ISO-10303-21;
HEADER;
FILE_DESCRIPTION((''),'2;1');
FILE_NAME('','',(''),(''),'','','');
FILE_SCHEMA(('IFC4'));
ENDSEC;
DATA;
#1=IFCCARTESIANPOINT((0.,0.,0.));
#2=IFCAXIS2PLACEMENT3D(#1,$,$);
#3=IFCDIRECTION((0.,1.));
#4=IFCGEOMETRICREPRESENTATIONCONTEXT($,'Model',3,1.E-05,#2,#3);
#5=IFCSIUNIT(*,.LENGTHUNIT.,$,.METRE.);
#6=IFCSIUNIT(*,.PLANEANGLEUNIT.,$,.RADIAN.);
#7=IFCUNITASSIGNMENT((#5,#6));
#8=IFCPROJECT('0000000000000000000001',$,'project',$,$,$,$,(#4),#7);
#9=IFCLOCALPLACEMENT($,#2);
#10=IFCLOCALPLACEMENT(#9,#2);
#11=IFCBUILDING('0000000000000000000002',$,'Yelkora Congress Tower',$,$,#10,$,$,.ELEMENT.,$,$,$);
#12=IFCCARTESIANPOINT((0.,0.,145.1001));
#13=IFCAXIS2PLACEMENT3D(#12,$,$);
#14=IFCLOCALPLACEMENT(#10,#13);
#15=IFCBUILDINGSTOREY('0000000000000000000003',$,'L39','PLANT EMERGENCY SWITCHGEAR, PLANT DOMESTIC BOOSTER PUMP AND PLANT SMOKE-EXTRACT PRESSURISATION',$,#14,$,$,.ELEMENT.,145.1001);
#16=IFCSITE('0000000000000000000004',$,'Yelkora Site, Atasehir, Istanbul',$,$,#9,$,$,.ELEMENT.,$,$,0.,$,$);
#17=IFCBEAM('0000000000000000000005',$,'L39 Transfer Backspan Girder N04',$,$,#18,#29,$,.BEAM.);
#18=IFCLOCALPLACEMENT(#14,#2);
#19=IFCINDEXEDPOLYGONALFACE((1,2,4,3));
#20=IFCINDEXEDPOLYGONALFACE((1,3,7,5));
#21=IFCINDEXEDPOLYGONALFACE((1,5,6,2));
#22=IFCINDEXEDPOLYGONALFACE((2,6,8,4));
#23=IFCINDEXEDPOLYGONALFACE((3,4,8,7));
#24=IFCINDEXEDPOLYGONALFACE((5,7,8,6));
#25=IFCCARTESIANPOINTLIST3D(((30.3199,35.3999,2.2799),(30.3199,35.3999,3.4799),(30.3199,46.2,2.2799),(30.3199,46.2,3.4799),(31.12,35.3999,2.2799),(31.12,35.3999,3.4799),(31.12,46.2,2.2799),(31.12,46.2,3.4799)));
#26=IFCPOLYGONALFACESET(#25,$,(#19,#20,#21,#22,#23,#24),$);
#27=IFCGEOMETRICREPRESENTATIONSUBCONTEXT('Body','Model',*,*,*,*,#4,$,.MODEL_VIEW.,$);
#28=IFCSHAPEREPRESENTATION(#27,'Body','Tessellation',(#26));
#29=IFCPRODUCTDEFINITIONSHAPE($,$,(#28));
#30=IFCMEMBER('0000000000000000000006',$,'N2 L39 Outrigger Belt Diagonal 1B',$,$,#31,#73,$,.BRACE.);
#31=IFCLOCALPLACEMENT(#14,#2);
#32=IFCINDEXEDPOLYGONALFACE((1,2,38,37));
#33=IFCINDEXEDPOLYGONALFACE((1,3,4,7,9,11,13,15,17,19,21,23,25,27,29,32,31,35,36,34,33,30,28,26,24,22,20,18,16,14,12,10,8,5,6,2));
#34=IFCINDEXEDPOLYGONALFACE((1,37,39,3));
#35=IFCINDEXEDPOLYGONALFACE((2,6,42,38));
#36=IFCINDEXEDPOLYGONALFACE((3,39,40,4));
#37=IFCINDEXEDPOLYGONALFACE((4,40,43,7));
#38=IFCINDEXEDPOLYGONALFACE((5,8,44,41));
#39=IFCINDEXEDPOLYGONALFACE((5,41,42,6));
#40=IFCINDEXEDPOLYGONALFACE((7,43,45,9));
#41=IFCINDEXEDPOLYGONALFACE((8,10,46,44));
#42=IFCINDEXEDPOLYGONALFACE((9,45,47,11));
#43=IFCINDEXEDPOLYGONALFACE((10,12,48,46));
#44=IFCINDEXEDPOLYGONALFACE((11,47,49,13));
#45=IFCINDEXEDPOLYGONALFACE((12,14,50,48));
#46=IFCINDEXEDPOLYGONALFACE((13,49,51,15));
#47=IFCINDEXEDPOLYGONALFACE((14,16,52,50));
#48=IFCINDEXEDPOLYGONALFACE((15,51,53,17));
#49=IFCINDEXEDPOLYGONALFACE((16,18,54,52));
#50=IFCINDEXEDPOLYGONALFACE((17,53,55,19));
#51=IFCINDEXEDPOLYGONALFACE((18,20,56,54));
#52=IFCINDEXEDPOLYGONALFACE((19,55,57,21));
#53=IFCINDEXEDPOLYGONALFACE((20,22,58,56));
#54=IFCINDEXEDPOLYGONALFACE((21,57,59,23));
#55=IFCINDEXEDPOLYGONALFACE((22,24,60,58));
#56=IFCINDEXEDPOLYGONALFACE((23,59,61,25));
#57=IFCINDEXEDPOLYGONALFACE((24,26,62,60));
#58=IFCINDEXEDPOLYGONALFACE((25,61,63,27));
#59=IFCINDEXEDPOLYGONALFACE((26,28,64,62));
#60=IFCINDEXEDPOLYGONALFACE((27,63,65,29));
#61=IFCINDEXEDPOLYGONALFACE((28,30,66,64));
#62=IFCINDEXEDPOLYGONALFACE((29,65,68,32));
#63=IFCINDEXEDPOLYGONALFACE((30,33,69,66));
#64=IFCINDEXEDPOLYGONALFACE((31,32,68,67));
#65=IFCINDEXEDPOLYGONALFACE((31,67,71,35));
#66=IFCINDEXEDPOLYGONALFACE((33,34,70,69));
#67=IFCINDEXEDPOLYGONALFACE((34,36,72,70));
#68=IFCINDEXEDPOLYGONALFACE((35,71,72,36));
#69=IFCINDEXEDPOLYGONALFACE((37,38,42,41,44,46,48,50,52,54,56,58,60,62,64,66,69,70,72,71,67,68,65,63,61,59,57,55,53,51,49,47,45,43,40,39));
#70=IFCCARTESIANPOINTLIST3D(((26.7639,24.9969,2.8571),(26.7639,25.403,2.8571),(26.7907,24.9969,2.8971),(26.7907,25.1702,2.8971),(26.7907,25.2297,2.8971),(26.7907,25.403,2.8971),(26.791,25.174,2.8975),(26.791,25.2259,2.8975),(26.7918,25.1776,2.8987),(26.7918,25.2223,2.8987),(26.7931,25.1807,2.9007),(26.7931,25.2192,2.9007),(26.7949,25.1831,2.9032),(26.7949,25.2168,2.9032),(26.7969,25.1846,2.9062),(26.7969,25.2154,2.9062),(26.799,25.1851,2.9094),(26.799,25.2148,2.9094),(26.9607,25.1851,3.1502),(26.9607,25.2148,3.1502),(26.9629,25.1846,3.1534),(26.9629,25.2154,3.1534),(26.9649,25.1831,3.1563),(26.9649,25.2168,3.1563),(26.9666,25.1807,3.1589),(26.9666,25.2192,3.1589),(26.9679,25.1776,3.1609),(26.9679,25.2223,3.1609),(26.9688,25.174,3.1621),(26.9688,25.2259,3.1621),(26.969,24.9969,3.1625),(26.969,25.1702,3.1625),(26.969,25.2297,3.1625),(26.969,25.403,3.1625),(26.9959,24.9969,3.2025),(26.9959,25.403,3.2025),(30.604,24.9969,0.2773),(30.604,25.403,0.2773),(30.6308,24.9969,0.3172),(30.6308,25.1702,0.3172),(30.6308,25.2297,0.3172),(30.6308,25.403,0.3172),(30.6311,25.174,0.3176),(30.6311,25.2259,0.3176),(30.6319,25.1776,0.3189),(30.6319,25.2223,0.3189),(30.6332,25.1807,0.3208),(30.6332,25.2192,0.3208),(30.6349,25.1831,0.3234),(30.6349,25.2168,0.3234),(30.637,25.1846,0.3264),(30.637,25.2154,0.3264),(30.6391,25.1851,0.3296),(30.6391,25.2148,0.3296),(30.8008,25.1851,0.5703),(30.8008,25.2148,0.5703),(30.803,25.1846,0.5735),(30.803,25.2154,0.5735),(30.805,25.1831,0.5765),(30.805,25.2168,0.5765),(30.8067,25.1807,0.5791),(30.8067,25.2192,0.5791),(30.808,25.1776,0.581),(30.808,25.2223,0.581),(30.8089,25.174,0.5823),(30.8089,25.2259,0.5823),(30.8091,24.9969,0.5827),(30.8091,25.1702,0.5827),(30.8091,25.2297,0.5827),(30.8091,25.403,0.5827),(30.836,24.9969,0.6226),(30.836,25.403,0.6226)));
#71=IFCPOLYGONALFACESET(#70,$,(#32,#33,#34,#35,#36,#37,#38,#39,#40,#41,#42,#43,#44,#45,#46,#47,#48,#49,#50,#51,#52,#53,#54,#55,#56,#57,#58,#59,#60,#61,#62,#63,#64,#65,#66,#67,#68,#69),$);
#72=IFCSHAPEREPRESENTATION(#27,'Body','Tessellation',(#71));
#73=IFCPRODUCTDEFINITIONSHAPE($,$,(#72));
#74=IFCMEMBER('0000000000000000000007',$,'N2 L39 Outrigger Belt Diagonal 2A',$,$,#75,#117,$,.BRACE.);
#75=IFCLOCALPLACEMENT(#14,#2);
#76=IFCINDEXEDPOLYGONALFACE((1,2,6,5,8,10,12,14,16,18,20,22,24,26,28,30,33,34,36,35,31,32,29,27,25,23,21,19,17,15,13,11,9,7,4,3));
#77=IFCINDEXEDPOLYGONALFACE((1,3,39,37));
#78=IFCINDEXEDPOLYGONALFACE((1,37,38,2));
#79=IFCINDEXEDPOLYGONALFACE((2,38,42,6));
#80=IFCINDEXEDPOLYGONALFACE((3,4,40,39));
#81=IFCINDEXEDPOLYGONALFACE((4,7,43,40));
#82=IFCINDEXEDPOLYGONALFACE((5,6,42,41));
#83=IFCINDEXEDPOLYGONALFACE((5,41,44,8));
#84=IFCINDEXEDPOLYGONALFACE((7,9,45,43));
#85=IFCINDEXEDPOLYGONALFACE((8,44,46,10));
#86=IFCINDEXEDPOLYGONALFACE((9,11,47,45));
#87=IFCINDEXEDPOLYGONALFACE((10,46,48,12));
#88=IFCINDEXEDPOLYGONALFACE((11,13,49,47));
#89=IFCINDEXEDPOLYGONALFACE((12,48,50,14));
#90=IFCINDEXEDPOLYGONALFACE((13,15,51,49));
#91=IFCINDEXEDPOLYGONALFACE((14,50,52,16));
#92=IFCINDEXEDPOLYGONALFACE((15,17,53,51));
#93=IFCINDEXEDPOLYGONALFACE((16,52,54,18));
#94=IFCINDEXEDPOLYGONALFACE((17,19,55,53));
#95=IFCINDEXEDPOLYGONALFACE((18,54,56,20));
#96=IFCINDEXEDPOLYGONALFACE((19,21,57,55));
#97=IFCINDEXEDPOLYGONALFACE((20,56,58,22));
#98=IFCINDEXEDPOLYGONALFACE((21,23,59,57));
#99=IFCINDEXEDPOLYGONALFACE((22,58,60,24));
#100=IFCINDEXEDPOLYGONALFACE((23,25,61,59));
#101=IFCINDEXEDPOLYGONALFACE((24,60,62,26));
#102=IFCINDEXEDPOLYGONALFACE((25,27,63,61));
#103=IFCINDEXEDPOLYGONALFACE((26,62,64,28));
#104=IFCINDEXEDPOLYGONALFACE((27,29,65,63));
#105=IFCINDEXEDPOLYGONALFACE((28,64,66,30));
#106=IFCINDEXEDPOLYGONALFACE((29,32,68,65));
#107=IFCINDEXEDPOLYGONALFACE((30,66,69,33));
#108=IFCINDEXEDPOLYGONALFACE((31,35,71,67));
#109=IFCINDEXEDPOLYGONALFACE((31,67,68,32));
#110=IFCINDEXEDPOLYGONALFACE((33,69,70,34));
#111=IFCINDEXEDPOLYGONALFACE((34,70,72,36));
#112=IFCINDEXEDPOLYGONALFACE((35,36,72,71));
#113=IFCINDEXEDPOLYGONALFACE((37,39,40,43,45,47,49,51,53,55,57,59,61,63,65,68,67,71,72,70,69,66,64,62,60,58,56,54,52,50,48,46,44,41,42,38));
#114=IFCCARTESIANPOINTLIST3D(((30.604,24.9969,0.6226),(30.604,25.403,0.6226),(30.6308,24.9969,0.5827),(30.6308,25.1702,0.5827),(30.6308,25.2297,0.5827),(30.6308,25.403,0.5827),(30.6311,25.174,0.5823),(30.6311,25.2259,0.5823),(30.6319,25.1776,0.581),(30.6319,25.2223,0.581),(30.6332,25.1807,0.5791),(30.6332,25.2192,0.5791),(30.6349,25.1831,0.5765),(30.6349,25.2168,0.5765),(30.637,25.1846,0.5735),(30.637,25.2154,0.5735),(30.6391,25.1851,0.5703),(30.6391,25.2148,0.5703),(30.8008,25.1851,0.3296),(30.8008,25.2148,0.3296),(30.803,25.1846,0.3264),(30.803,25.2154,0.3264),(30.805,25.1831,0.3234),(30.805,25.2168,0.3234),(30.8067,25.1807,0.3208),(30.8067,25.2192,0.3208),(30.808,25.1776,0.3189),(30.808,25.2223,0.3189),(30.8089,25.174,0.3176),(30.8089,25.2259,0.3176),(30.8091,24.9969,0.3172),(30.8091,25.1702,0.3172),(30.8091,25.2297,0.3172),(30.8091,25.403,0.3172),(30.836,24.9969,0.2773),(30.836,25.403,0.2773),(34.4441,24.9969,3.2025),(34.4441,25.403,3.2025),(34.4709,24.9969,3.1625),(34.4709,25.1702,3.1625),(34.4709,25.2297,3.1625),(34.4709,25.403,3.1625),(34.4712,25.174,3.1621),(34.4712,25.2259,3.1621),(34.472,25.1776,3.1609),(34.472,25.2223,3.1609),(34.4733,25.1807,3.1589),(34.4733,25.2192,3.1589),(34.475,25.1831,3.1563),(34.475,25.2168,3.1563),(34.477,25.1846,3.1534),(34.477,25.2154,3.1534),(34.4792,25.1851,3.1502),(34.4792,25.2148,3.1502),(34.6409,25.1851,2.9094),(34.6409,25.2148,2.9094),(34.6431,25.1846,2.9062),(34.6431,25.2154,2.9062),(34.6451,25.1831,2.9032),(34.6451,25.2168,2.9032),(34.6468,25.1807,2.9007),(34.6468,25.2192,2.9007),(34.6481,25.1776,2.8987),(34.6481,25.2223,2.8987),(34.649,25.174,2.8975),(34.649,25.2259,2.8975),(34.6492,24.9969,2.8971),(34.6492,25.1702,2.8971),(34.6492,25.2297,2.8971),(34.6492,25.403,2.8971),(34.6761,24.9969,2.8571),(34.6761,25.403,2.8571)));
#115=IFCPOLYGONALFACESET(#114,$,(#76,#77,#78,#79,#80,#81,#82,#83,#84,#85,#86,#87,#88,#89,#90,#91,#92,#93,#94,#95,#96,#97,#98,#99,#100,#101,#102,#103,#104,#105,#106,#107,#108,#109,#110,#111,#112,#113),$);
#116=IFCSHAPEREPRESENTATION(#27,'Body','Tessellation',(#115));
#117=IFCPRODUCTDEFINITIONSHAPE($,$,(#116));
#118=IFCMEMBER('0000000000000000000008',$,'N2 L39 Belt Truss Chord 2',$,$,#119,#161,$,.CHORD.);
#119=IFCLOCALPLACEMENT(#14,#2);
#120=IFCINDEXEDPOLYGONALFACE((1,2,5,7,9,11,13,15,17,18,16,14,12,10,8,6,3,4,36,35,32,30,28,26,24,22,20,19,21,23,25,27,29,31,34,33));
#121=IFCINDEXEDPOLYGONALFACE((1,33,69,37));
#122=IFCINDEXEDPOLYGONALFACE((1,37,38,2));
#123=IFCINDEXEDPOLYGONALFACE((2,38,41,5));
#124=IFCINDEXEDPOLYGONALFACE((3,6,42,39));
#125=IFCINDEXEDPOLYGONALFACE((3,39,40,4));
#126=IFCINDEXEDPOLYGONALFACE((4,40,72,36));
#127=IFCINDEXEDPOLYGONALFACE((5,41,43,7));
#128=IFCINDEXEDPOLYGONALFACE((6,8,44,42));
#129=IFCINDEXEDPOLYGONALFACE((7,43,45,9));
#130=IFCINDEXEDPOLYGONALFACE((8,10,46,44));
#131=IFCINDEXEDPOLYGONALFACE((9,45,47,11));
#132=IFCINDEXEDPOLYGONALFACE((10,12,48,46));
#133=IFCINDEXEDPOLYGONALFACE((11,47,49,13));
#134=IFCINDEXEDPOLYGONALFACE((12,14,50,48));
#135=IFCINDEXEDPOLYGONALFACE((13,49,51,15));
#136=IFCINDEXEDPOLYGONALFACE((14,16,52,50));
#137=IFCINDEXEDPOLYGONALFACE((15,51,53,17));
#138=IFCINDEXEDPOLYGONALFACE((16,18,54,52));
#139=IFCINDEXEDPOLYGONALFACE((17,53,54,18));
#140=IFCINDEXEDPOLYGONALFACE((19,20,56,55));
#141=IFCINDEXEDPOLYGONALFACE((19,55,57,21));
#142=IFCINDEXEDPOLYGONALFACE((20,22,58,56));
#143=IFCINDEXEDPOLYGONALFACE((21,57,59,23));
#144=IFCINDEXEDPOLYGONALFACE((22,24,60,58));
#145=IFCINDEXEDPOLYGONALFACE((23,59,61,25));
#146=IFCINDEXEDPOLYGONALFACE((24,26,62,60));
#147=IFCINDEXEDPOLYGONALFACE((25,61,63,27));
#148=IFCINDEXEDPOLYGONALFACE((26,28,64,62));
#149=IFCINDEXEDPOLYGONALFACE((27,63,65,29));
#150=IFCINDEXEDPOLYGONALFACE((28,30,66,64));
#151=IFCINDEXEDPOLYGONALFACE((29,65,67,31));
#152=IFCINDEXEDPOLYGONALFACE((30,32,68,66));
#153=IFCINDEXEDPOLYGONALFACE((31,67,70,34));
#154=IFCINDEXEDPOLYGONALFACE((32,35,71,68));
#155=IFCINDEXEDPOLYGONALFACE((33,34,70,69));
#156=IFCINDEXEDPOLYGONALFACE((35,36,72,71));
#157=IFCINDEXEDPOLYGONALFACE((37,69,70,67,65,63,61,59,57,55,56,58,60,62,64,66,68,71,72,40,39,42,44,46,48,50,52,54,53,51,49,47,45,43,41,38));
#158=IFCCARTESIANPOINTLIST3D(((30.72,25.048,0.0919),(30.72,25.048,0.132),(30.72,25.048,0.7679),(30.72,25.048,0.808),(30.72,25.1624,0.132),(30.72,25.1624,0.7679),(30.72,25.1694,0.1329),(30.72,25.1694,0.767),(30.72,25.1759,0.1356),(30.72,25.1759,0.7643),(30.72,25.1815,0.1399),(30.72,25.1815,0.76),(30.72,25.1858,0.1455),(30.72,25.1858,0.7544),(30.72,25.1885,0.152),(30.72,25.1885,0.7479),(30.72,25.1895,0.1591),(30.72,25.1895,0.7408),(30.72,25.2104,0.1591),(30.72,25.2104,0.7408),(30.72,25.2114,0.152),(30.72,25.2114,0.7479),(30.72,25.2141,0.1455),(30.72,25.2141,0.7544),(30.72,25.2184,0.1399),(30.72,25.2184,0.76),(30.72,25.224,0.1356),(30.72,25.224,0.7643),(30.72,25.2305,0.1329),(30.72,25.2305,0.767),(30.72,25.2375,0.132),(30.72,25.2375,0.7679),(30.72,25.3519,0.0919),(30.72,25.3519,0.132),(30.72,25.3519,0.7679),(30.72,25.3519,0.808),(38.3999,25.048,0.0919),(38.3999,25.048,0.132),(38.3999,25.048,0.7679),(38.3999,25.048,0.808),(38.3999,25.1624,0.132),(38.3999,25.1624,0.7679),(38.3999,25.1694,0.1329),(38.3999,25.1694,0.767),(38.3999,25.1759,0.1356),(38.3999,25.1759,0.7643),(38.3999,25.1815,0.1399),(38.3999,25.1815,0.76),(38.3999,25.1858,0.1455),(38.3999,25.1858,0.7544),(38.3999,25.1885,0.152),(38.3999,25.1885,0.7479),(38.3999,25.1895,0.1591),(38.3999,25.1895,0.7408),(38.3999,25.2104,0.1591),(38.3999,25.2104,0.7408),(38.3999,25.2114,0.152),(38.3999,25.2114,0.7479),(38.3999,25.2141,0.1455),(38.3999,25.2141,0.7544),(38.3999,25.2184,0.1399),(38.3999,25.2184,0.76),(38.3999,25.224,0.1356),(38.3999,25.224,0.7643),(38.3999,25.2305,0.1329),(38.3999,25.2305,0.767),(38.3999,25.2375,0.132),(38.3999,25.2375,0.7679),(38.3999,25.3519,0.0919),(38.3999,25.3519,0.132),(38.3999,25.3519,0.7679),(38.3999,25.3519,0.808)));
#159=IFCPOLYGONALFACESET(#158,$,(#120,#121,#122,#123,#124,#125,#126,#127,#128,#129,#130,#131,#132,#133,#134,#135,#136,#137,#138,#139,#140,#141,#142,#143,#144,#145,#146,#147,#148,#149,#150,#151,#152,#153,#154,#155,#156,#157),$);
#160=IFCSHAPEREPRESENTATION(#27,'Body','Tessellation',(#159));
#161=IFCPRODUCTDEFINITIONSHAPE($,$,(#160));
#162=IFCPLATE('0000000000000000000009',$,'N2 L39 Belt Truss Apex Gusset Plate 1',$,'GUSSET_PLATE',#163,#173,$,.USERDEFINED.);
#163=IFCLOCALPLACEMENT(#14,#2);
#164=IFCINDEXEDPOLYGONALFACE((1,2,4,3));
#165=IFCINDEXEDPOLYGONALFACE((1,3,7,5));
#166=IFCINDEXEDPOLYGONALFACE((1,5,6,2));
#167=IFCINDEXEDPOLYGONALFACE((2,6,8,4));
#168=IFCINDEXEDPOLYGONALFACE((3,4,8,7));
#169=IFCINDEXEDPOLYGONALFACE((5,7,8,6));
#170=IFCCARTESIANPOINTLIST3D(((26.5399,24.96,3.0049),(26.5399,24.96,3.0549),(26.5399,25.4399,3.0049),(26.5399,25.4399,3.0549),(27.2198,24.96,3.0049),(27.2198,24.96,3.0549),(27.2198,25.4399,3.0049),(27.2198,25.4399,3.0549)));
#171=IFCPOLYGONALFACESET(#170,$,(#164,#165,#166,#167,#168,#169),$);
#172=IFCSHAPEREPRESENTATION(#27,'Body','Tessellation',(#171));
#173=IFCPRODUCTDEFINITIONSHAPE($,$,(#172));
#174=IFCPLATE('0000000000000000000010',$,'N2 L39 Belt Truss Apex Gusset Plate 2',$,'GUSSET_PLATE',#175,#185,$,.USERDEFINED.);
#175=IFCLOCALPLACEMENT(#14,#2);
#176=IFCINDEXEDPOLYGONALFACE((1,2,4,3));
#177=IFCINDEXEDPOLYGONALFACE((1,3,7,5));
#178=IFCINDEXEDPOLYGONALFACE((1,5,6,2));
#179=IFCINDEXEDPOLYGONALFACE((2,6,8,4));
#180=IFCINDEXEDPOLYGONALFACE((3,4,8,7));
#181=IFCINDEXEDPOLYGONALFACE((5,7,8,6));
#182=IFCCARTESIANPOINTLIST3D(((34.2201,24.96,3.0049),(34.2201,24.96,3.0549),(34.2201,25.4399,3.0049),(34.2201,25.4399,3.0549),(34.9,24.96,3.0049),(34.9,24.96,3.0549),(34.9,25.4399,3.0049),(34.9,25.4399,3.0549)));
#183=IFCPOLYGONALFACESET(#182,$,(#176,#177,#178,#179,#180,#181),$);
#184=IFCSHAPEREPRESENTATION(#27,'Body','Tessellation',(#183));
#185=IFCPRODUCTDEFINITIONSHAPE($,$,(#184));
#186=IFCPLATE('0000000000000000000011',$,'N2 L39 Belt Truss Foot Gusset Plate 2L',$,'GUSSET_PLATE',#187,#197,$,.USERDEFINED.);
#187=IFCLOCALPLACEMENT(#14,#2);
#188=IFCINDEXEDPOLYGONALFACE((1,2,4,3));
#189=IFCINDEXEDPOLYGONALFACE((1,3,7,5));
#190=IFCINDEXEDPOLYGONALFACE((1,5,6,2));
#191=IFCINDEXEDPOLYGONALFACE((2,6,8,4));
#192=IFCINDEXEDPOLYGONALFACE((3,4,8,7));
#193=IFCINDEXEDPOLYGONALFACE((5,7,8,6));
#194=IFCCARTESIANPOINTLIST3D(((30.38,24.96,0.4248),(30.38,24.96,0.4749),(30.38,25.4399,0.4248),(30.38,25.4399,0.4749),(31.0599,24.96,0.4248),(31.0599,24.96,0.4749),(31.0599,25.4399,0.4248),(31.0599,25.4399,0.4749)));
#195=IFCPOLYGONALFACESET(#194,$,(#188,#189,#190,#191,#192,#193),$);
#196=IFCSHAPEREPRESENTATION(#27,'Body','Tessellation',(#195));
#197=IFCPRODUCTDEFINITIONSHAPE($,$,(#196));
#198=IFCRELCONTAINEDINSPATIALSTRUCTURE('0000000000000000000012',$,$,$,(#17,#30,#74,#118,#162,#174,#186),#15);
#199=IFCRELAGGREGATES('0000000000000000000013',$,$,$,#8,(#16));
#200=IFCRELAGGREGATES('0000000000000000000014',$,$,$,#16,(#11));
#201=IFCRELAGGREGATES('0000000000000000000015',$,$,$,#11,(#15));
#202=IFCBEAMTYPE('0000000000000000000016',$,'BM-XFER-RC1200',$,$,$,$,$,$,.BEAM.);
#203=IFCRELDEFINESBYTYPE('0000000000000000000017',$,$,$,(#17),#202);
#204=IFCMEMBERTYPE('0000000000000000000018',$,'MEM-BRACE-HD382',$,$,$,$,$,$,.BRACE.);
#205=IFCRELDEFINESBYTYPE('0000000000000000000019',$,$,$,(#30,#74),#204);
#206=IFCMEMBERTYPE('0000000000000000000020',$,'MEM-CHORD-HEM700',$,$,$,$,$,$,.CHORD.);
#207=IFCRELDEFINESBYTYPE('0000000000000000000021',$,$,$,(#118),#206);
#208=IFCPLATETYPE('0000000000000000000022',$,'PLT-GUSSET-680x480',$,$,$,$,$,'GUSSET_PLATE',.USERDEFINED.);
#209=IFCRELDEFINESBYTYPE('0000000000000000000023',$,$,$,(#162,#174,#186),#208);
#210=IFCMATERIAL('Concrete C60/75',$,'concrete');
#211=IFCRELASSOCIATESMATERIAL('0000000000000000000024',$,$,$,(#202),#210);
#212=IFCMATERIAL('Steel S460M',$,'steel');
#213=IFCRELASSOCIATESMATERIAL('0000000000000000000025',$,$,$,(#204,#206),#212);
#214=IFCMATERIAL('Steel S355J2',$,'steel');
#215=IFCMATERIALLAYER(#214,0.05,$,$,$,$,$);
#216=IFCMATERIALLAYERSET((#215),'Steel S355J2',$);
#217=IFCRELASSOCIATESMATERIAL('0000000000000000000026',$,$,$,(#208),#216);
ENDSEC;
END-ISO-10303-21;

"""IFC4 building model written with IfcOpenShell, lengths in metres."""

from ifc_helpers import new_model, si_unit, direction, frame, origin, origin_2d, place, context, subcontext, project, spatial, rectangle, i_section, extrude, material, layer, layer_set, material_profile, profile_set, type_object, element, save


model = new_model("IFC4")

# Units and contexts
model_context = context("Model", 3, precision=1e-05, world=origin(), true_north=direction((0.0, 1.0)))
body_context = subcontext(model_context, "Body", "Model", "MODEL_VIEW")
ifc_project = project(units=[si_unit("LENGTHUNIT", "METRE"), si_unit("PLANEANGLEUNIT", "RADIAN")], contexts=[model_context])

# Site, building, storey
site_placement = place(None, origin())
site = spatial("IfcSite", under=ifc_project, at=site_placement, Name="Yelkora Site, Atasehir, Istanbul", CompositionType="ELEMENT", RefElevation=0.0)
building_placement = place(site_placement, origin())
building = spatial("IfcBuilding", under=site, at=building_placement, Name="Yelkora Congress Tower", CompositionType="ELEMENT")
storey_placement = place(building_placement, frame((0.0, 0.0, 145.1001)))
storey = spatial("IfcBuildingStorey", under=building, at=storey_placement, Name="L39", Description="PLANT EMERGENCY SWITCHGEAR, PLANT DOMESTIC BOOSTER PUMP AND PLANT SMOKE-EXTRACT PRESSURISATION", CompositionType="ELEMENT", Elevation=145.1001)

# Shared definitions
ifc_material_1 = material(Name="Steel S460M", Category="steel")

# Beam
ifc_material_2 = material(Name="Concrete C60/75", Category="concrete")
ifc_material_profile_1 = material_profile(ifc_material_2, rectangle(XDim=0.8, YDim=1.2, at=origin_2d()), Name="RC 800x1200")
ifc_profile_set_1 = profile_set([ifc_material_profile_1], Name="Concrete C60/75")
beam_type_1 = type_object("IfcBeamType", Name="BM-XFER-RC1200", PredefinedType="BEAM", material=ifc_profile_set_1)
beam_1_placement = place(storey_placement, frame((30.72, 35.3999, 2.8799), z_axis=(0.0, 1.0, 0.0), x_axis=(-1.0, 0.0, 0.0)))
element("IfcBeam", 1, at=beam_1_placement, inside=storey, type_object=beam_type_1, Name="L39 Transfer Backspan Girder N04", PredefinedType="BEAM", context=body_context, shape_type="SweptSolid", body=[
    extrude(rectangle(XDim=0.8, YDim=1.2, at=origin_2d()), origin(), (0.0, 0.0, 1.0), 10.8),
])

# Members
ifc_material_profile_2 = material_profile(ifc_material_1, i_section(OverallWidth=0.406, OverallDepth=0.416, WebThickness=0.0298, FlangeThickness=0.0481, FilletRadius=0.0149, at=origin_2d()), Name="HD 400x382")
ifc_profile_set_2 = profile_set([ifc_material_profile_2], Name="Steel S460M")
member_type_1 = type_object("IfcMemberType", Name="MEM-BRACE-HD382", PredefinedType="BRACE", material=ifc_profile_set_2)
for number, where, z_axis, x_axis, name in (
    (2, (30.72, 25.2, 0.45), (-0.830072, 0.0, 0.557656), (0.0, -1.0, 0.0), "N2 L39 Outrigger Belt Diagonal 1B"),
    (3, (30.72, 25.2, 0.45), (0.830072, 0.0, 0.557656), (0.0, 1.0, 0.0), "N2 L39 Outrigger Belt Diagonal 2A"),
):
    element("IfcMember", number, at=place(storey_placement, frame(where, z_axis=z_axis, x_axis=x_axis)), inside=storey, type_object=member_type_1, Name=name, PredefinedType="BRACE", context=body_context, shape_type="SweptSolid", body=[
        extrude(i_section(OverallWidth=0.406, OverallDepth=0.416, WebThickness=0.0298, FlangeThickness=0.0481, FilletRadius=0.0149, at=origin_2d()), origin(), (0.0, 0.0, 1.0), 4.6262),
    ])
ifc_material_profile_3 = material_profile(ifc_material_1, i_section(OverallWidth=0.304, OverallDepth=0.7161, WebThickness=0.021, FlangeThickness=0.04, FilletRadius=0.0271, at=origin_2d()), Name="HEM 700")
ifc_profile_set_3 = profile_set([ifc_material_profile_3], Name="Steel S460M")
member_type_2 = type_object("IfcMemberType", Name="MEM-CHORD-HEM700", PredefinedType="CHORD", material=ifc_profile_set_3)
member_placement = place(storey_placement, frame((30.72, 25.2, 0.45), z_axis=(1.0, 0.0, 0.0), x_axis=(0.0, 1.0, 0.0)))
element("IfcMember", 4, at=member_placement, inside=storey, type_object=member_type_2, Name="N2 L39 Belt Truss Chord 2", PredefinedType="CHORD", context=body_context, shape_type="SweptSolid", body=[
    extrude(i_section(OverallWidth=0.304, OverallDepth=0.7161, WebThickness=0.021, FlangeThickness=0.04, FilletRadius=0.0271, at=origin_2d()), origin(), (0.0, 0.0, 1.0), 7.6799),
])

# Plates
ifc_material_3 = material(Name="Steel S355J2", Category="steel")
ifc_layer_1 = layer(ifc_material_3, 0.05)
ifc_layer_set_1 = layer_set([ifc_layer_1], Name="Steel S355J2")
plate_type_1 = type_object("IfcPlateType", Name="PLT-GUSSET-680x480", ElementType="GUSSET_PLATE", PredefinedType="USERDEFINED", material=ifc_layer_set_1)
for number, where, z_axis, x_axis, name in (
    (5, (26.8799, 25.2, 3.0049), (0.0, 0.0, 1.0), (1.0, 0.0, 0.0), "N2 L39 Belt Truss Apex Gusset Plate 1"),
    (6, (34.5601, 25.2, 3.0049), (0.0, 0.0, 1.0), (1.0, 0.0, 0.0), "N2 L39 Belt Truss Apex Gusset Plate 2"),
    (7, (30.72, 25.2, 0.4248), (0.0, 0.0, 1.0), (1.0, 0.0, 0.0), "N2 L39 Belt Truss Foot Gusset Plate 2L"),
):
    element("IfcPlate", number, at=place(storey_placement, frame(where, z_axis=z_axis, x_axis=x_axis)), inside=storey, type_object=plate_type_1, Name=name, ObjectType="GUSSET_PLATE", PredefinedType="USERDEFINED", context=body_context, shape_type="SweptSolid", body=[
        extrude(rectangle(XDim=0.6799, YDim=0.48, at=origin_2d()), origin(), (0.0, 0.0, 1.0), 0.05),
    ])

save(model, "model.ifc")
